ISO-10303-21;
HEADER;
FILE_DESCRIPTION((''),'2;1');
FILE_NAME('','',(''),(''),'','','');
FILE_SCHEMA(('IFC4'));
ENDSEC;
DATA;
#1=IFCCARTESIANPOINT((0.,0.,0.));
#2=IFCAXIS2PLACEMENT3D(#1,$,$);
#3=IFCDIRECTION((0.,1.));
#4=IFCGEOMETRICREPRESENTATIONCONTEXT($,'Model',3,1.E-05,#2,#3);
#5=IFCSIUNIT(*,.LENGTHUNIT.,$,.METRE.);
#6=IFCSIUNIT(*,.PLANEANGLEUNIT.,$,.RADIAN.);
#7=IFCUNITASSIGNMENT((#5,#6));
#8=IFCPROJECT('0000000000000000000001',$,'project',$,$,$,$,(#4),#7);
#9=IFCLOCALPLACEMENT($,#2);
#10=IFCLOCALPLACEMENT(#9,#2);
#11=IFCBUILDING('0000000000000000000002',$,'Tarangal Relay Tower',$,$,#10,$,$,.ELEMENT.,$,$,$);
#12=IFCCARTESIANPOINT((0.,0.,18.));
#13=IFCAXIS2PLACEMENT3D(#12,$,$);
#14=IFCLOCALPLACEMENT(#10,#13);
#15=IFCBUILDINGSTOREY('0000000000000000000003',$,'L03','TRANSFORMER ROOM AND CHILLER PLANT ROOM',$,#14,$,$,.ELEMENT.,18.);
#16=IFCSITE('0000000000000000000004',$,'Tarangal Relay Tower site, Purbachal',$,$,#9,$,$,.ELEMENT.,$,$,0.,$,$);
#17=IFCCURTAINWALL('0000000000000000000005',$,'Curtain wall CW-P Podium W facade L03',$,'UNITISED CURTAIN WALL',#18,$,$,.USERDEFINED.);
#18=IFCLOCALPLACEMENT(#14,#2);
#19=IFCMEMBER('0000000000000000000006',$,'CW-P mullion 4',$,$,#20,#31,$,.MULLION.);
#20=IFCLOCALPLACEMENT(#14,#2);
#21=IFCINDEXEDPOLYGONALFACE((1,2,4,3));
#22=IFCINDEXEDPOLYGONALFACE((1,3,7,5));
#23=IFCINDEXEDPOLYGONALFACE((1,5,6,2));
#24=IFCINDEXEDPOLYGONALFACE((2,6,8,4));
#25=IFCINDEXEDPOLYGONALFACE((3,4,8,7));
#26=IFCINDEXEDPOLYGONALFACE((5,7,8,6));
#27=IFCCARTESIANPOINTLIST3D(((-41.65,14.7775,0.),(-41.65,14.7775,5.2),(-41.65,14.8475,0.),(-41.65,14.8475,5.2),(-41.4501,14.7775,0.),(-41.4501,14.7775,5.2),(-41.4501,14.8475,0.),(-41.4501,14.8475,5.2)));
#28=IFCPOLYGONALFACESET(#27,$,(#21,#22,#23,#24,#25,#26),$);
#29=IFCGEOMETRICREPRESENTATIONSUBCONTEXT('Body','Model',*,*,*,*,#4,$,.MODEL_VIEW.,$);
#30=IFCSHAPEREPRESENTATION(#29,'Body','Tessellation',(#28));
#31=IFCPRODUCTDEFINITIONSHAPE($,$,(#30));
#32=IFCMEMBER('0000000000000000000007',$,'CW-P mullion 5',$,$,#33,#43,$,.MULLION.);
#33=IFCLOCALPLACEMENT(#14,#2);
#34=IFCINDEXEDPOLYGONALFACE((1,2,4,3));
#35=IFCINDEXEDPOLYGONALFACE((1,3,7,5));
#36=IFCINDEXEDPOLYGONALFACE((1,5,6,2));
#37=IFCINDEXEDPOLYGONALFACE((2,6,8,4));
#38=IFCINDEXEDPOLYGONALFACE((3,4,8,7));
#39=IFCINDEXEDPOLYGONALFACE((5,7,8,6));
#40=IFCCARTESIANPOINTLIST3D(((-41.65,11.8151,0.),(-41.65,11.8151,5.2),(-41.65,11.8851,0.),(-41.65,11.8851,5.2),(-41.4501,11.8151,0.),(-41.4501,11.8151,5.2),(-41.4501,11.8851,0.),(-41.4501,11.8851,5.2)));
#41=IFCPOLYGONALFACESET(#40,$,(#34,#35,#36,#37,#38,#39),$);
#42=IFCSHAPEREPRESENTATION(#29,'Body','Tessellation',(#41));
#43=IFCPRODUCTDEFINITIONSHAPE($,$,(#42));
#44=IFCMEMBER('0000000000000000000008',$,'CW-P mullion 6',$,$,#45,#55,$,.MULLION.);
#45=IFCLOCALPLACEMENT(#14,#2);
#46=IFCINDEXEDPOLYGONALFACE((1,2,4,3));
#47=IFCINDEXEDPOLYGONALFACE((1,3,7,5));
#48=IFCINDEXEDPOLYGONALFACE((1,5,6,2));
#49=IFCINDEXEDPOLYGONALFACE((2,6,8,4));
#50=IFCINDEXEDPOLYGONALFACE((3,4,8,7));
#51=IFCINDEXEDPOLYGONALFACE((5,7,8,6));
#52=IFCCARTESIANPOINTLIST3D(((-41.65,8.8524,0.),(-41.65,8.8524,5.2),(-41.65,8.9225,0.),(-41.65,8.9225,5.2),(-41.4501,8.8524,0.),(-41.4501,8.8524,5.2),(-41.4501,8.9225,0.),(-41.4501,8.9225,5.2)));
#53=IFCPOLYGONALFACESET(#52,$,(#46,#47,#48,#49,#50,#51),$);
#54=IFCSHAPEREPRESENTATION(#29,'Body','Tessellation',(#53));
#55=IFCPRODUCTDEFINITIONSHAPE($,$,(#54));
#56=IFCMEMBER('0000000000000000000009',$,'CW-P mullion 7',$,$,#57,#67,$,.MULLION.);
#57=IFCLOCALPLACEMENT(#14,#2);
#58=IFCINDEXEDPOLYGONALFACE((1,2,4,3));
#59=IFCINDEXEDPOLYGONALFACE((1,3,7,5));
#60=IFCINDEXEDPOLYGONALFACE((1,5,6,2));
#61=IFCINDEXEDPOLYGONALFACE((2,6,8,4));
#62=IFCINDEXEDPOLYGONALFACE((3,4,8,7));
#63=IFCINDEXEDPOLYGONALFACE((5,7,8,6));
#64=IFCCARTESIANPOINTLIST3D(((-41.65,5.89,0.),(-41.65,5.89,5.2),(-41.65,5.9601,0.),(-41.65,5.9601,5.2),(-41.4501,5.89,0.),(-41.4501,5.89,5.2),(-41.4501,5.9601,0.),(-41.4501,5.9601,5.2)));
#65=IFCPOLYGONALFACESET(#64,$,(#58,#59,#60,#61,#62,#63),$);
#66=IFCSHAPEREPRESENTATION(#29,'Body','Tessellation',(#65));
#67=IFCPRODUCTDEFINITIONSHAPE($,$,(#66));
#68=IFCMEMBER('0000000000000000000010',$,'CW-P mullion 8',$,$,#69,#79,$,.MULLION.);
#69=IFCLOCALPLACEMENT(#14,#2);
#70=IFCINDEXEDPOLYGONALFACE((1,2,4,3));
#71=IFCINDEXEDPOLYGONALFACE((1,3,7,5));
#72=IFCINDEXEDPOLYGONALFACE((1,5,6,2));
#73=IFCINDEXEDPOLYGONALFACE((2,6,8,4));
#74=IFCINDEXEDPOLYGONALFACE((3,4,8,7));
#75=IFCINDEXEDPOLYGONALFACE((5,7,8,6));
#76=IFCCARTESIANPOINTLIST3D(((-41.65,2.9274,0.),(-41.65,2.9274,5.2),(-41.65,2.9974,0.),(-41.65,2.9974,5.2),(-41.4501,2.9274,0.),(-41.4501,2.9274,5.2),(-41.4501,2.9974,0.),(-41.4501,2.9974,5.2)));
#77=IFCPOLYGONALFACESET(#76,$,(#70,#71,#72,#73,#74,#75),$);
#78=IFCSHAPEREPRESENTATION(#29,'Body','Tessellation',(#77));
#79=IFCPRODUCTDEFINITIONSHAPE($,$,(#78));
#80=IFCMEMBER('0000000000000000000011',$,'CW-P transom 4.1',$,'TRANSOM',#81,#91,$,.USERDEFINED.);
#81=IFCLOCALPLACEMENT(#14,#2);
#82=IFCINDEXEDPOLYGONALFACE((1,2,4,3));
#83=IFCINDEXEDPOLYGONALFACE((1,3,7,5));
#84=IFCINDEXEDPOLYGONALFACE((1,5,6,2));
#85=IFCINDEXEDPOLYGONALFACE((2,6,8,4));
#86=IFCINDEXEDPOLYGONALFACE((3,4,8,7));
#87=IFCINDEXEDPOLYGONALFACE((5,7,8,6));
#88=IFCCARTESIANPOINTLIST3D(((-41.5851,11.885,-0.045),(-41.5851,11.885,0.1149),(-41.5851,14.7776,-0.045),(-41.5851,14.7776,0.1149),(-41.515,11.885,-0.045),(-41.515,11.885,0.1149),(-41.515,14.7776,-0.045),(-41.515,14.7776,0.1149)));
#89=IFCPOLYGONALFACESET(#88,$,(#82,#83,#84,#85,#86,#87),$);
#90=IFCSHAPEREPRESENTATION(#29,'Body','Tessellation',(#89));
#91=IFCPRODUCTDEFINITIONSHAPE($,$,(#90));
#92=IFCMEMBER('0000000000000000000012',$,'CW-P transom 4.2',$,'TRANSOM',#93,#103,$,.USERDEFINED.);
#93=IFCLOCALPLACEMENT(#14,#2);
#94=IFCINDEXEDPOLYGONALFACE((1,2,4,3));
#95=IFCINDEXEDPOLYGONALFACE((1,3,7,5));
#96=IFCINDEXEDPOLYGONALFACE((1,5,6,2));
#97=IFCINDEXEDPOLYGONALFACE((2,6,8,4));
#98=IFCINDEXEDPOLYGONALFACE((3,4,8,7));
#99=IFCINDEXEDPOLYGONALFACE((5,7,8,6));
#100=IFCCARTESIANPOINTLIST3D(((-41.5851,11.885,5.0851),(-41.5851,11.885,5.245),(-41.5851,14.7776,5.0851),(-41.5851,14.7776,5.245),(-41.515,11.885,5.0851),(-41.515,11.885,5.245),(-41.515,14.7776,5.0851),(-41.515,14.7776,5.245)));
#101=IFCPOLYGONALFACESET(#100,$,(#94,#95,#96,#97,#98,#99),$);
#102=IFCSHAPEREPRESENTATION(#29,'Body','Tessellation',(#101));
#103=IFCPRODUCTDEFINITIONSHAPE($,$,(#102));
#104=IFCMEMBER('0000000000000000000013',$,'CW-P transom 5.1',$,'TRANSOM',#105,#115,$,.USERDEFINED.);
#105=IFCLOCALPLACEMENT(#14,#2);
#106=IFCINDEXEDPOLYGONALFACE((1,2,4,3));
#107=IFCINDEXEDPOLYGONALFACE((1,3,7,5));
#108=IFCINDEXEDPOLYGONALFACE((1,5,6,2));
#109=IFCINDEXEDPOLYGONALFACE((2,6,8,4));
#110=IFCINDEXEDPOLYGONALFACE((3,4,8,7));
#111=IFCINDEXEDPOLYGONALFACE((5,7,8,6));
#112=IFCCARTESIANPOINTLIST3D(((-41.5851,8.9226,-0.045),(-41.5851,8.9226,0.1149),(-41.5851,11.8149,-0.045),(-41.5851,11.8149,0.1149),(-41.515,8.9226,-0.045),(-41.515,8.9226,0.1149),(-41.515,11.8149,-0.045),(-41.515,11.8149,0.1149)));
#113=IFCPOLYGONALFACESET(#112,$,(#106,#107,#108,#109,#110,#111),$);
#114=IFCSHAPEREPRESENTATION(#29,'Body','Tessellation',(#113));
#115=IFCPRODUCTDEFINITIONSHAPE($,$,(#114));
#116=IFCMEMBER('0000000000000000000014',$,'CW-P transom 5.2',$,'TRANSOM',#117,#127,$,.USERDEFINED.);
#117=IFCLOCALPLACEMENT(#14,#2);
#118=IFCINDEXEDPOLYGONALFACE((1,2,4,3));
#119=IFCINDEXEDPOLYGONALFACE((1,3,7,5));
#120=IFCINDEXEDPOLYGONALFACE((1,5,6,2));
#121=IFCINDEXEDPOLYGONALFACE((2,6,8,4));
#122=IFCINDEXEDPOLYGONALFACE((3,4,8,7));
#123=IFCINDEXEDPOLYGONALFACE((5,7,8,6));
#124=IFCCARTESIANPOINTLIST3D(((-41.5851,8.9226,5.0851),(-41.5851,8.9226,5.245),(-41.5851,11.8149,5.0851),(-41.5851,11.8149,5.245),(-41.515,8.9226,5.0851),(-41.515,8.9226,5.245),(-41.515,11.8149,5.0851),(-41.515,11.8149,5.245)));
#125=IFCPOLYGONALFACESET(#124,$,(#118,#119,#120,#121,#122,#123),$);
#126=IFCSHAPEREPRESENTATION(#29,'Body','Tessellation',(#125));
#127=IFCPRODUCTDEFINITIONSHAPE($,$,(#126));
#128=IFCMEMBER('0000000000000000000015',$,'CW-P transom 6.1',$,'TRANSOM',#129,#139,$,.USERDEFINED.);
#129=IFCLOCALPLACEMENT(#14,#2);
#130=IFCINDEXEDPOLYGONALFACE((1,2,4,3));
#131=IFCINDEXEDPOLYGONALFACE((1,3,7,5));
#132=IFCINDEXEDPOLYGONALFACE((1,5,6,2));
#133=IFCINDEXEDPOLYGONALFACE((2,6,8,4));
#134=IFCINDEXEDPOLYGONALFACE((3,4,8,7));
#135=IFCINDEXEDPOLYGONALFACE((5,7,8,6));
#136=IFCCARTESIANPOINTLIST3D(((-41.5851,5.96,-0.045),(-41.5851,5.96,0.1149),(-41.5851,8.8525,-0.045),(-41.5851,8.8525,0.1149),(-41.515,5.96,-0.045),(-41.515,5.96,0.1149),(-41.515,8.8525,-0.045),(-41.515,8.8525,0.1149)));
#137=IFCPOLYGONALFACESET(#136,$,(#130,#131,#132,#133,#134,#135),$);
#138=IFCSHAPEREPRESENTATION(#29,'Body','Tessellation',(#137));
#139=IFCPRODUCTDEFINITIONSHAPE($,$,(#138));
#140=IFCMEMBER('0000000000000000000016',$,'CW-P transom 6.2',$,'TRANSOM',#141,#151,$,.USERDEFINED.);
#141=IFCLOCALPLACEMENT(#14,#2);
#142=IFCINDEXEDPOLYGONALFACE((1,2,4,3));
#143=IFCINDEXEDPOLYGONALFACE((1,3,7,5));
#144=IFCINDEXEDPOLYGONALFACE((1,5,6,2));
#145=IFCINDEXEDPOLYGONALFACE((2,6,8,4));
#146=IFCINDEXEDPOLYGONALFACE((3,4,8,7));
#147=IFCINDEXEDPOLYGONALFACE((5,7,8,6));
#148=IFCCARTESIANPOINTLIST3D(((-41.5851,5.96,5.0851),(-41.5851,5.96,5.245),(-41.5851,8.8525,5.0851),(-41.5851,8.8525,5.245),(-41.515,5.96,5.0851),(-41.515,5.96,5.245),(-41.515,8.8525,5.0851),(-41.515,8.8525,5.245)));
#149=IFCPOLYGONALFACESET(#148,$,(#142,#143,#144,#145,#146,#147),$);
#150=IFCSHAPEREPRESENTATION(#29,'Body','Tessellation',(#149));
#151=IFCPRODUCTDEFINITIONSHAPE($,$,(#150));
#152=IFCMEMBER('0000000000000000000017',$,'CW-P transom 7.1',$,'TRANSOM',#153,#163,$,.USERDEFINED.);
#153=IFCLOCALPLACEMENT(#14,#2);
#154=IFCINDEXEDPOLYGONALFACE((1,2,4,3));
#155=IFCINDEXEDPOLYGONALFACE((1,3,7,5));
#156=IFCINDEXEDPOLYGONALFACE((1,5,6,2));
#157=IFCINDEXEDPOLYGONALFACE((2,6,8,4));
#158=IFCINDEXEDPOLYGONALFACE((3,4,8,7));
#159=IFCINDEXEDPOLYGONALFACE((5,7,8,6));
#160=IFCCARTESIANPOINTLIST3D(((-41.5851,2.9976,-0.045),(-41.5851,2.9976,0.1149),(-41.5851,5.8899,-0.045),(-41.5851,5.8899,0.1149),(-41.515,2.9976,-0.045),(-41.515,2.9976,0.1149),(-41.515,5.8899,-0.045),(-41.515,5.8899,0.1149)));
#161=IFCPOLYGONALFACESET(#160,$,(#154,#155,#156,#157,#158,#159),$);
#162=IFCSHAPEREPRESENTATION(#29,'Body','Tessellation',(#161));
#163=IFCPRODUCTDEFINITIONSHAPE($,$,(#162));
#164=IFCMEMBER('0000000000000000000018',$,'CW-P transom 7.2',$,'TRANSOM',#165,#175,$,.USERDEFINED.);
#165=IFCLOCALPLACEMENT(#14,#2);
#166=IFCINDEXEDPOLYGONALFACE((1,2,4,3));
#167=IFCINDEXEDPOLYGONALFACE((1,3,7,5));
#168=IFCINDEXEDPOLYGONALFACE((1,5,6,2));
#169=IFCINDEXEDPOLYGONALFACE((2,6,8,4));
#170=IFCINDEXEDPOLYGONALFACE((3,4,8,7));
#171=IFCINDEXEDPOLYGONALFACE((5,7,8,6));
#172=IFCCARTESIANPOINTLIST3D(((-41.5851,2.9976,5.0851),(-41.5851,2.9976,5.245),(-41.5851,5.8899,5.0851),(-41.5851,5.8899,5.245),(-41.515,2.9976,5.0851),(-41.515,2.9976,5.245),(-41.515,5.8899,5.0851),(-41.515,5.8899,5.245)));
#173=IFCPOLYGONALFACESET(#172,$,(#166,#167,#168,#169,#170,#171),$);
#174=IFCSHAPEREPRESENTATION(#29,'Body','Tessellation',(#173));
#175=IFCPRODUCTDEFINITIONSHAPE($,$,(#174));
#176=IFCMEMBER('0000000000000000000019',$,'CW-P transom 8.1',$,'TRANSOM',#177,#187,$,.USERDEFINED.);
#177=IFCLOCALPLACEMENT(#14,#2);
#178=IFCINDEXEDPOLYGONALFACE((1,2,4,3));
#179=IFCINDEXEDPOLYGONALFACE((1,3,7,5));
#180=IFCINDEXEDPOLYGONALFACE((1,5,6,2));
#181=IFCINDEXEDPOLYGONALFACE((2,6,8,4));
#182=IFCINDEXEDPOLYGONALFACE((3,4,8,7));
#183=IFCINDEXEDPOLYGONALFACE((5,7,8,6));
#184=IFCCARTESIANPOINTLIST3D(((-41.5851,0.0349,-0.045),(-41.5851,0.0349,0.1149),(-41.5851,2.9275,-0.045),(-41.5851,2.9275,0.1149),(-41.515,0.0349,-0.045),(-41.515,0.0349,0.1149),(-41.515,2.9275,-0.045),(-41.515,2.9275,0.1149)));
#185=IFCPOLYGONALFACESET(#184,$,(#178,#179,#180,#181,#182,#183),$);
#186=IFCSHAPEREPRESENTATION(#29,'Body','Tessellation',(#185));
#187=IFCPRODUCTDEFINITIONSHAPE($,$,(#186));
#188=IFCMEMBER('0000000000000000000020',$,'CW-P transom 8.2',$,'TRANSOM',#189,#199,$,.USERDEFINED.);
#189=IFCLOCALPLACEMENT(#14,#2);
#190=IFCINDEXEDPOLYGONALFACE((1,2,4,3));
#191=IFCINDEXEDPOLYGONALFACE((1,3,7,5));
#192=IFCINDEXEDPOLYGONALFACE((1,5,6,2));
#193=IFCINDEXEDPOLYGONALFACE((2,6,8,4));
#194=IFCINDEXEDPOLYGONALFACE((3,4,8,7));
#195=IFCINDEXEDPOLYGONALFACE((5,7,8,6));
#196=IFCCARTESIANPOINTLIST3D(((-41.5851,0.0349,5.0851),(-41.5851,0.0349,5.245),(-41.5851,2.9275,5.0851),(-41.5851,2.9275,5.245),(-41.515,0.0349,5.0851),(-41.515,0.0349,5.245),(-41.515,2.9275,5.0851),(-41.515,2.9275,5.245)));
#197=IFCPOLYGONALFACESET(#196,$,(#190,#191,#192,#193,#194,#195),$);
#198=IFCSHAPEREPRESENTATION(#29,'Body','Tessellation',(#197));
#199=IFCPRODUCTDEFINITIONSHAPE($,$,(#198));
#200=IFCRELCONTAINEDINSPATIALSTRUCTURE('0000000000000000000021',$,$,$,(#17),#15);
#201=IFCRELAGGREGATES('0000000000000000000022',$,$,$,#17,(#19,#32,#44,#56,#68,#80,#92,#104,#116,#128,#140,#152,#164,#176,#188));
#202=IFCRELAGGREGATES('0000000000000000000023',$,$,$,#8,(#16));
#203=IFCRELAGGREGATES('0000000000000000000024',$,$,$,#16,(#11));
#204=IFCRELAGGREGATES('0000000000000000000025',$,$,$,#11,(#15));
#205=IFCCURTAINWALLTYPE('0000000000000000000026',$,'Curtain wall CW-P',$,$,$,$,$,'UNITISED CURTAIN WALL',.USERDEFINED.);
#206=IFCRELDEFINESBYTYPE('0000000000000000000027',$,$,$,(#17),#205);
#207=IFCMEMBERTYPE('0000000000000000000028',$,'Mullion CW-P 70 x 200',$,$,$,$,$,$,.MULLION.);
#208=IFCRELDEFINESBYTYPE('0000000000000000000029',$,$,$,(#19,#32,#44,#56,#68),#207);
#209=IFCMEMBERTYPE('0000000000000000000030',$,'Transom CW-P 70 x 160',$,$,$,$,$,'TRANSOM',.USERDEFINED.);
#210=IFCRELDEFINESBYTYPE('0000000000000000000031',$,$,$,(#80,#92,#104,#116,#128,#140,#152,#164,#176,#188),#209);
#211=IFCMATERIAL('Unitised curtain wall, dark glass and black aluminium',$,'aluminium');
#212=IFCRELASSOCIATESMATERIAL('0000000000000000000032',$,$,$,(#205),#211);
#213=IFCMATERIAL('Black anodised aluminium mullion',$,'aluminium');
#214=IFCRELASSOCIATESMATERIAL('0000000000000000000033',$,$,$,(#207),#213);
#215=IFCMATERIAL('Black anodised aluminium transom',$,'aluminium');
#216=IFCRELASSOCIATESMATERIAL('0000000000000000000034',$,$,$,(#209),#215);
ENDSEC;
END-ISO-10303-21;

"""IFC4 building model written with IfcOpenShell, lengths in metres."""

from ifc_helpers import new_model, si_unit, direction, frame, origin, origin_2d, place, context, subcontext, project, spatial, rectangle, extrude, material, material_profile, profile_set, type_object, element, aggregate, save


model = new_model("IFC4")

# Units and contexts
model_context = context("Model", 3, precision=1e-05, world=origin(), true_north=direction((0.0, 1.0)))
body_context = subcontext(model_context, "Body", "Model", "MODEL_VIEW")
ifc_project = project(units=[si_unit("LENGTHUNIT", "METRE"), si_unit("PLANEANGLEUNIT", "RADIAN")], contexts=[model_context])

# Site, building, storey
site_placement = place(None, origin())
site = spatial("IfcSite", under=ifc_project, at=site_placement, Name="Tarangal Relay Tower site, Purbachal", CompositionType="ELEMENT", RefElevation=0.0)
building_placement = place(site_placement, origin())
building = spatial("IfcBuilding", under=site, at=building_placement, Name="Tarangal Relay Tower", CompositionType="ELEMENT")
storey_placement = place(building_placement, frame((0.0, 0.0, 18.0)))
storey = spatial("IfcBuildingStorey", under=building, at=storey_placement, Name="L03", Description="TRANSFORMER ROOM AND CHILLER PLANT ROOM", CompositionType="ELEMENT", Elevation=18.0)

# Curtain wall, members
ifc_material_1 = material(Name="Unitised curtain wall, dark glass and black aluminium", Category="aluminium")
curtain_wall_type = type_object("IfcCurtainWallType", Name="Curtain wall CW-P", ElementType="UNITISED CURTAIN WALL", PredefinedType="USERDEFINED", material=ifc_material_1)
curtain_wall_placement = place(storey_placement, origin())
curtain_wall = element("IfcCurtainWall", 1, at=curtain_wall_placement, inside=storey, type_object=curtain_wall_type, Name="Curtain wall CW-P Podium W facade L03", ObjectType="UNITISED CURTAIN WALL", PredefinedType="USERDEFINED")
ifc_material_2 = material(Name="Black anodised aluminium mullion", Category="aluminium")
ifc_material_profile_1 = material_profile(ifc_material_2, rectangle(XDim=0.2, YDim=0.0701, at=origin_2d()), Name="CW-PM 70X200")
ifc_profile_set_1 = profile_set([ifc_material_profile_1], Name="Black anodised aluminium mullion")
member_type_1 = type_object("IfcMemberType", Name="Mullion CW-P 70 x 200", PredefinedType="MULLION", material=ifc_profile_set_1)
member_1_placement = place(storey_placement, frame((-41.55, 14.8125, 0.0), z_axis=(0.0, 0.0, 1.0), x_axis=(1.0, 0.0, 0.0)))
member_1 = element("IfcMember", 2, at=member_1_placement, type_object=member_type_1, Name="CW-P mullion 4", PredefinedType="MULLION", context=body_context, shape_type="SweptSolid", body=[
    extrude(rectangle(XDim=0.2, YDim=0.0701, at=origin_2d()), origin(), (0.0, 0.0, 1.0), 5.2),
])
member_2_placement = place(storey_placement, frame((-41.55, 11.8501, 0.0), z_axis=(0.0, 0.0, 1.0), x_axis=(1.0, 0.0, 0.0)))
member_2 = element("IfcMember", 3, at=member_2_placement, type_object=member_type_1, Name="CW-P mullion 5", PredefinedType="MULLION", context=body_context, shape_type="SweptSolid", body=[
    extrude(rectangle(XDim=0.2, YDim=0.0701, at=origin_2d()), origin(), (0.0, 0.0, 1.0), 5.2),
])
member_3_placement = place(storey_placement, frame((-41.55, 8.8875, 0.0), z_axis=(0.0, 0.0, 1.0), x_axis=(1.0, 0.0, 0.0)))
member_3 = element("IfcMember", 4, at=member_3_placement, type_object=member_type_1, Name="CW-P mullion 6", PredefinedType="MULLION", context=body_context, shape_type="SweptSolid", body=[
    extrude(rectangle(XDim=0.2, YDim=0.0701, at=origin_2d()), origin(), (0.0, 0.0, 1.0), 5.2),
])
member_4_placement = place(storey_placement, frame((-41.55, 5.925, 0.0), z_axis=(0.0, 0.0, 1.0), x_axis=(1.0, 0.0, 0.0)))
member_4 = element("IfcMember", 5, at=member_4_placement, type_object=member_type_1, Name="CW-P mullion 7", PredefinedType="MULLION", context=body_context, shape_type="SweptSolid", body=[
    extrude(rectangle(XDim=0.2, YDim=0.0701, at=origin_2d()), origin(), (0.0, 0.0, 1.0), 5.2),
])
member_5_placement = place(storey_placement, frame((-41.55, 2.9624, 0.0), z_axis=(0.0, 0.0, 1.0), x_axis=(1.0, 0.0, 0.0)))
member_5 = element("IfcMember", 6, at=member_5_placement, type_object=member_type_1, Name="CW-P mullion 8", PredefinedType="MULLION", context=body_context, shape_type="SweptSolid", body=[
    extrude(rectangle(XDim=0.2, YDim=0.0701, at=origin_2d()), origin(), (0.0, 0.0, 1.0), 5.2),
])
ifc_material_3 = material(Name="Black anodised aluminium transom", Category="aluminium")
ifc_material_profile_2 = material_profile(ifc_material_3, rectangle(XDim=0.0701, YDim=0.1599, at=origin_2d()), Name="CW-PT 70X160")
ifc_profile_set_2 = profile_set([ifc_material_profile_2], Name="Black anodised aluminium transom")
member_type_2 = type_object("IfcMemberType", Name="Transom CW-P 70 x 160", ElementType="TRANSOM", PredefinedType="USERDEFINED", material=ifc_profile_set_2)
member_6_placement = place(storey_placement, frame((-41.55, 14.7776, 0.0349), z_axis=(0.0, -1.0, 0.0), x_axis=(1.0, 0.0, 0.0)))
member_6 = element("IfcMember", 7, at=member_6_placement, type_object=member_type_2, Name="CW-P transom 4.1", ObjectType="TRANSOM", PredefinedType="USERDEFINED", context=body_context, shape_type="SweptSolid", body=[
    extrude(rectangle(XDim=0.0701, YDim=0.1599, at=origin_2d()), origin(), (0.0, 0.0, 1.0), 2.8926),
])
member_7_placement = place(storey_placement, frame((-41.55, 14.7776, 5.165), z_axis=(0.0, -1.0, 0.0), x_axis=(1.0, 0.0, 0.0)))
member_7 = element("IfcMember", 8, at=member_7_placement, type_object=member_type_2, Name="CW-P transom 4.2", ObjectType="TRANSOM", PredefinedType="USERDEFINED", context=body_context, shape_type="SweptSolid", body=[
    extrude(rectangle(XDim=0.0701, YDim=0.1599, at=origin_2d()), origin(), (0.0, 0.0, 1.0), 2.8926),
])
member_8_placement = place(storey_placement, frame((-41.55, 11.8149, 0.0349), z_axis=(0.0, -1.0, 0.0), x_axis=(1.0, 0.0, 0.0)))
member_8 = element("IfcMember", 9, at=member_8_placement, type_object=member_type_2, Name="CW-P transom 5.1", ObjectType="TRANSOM", PredefinedType="USERDEFINED", context=body_context, shape_type="SweptSolid", body=[
    extrude(rectangle(XDim=0.0701, YDim=0.1599, at=origin_2d()), origin(), (0.0, 0.0, 1.0), 2.8923),
])
member_9_placement = place(storey_placement, frame((-41.55, 11.8149, 5.165), z_axis=(0.0, -1.0, 0.0), x_axis=(1.0, 0.0, 0.0)))
member_9 = element("IfcMember", 10, at=member_9_placement, type_object=member_type_2, Name="CW-P transom 5.2", ObjectType="TRANSOM", PredefinedType="USERDEFINED", context=body_context, shape_type="SweptSolid", body=[
    extrude(rectangle(XDim=0.0701, YDim=0.1599, at=origin_2d()), origin(), (0.0, 0.0, 1.0), 2.8923),
])
member_10_placement = place(storey_placement, frame((-41.55, 8.8525, 0.0349), z_axis=(0.0, -1.0, 0.0), x_axis=(1.0, 0.0, 0.0)))
member_10 = element("IfcMember", 11, at=member_10_placement, type_object=member_type_2, Name="CW-P transom 6.1", ObjectType="TRANSOM", PredefinedType="USERDEFINED", context=body_context, shape_type="SweptSolid", body=[
    extrude(rectangle(XDim=0.0701, YDim=0.1599, at=origin_2d()), origin(), (0.0, 0.0, 1.0), 2.8926),
])
member_11_placement = place(storey_placement, frame((-41.55, 8.8525, 5.165), z_axis=(0.0, -1.0, 0.0), x_axis=(1.0, 0.0, 0.0)))
member_11 = element("IfcMember", 12, at=member_11_placement, type_object=member_type_2, Name="CW-P transom 6.2", ObjectType="TRANSOM", PredefinedType="USERDEFINED", context=body_context, shape_type="SweptSolid", body=[
    extrude(rectangle(XDim=0.0701, YDim=0.1599, at=origin_2d()), origin(), (0.0, 0.0, 1.0), 2.8926),
])
member_12_placement = place(storey_placement, frame((-41.55, 5.8899, 0.0349), z_axis=(0.0, -1.0, 0.0), x_axis=(1.0, 0.0, 0.0)))
member_12 = element("IfcMember", 13, at=member_12_placement, type_object=member_type_2, Name="CW-P transom 7.1", ObjectType="TRANSOM", PredefinedType="USERDEFINED", context=body_context, shape_type="SweptSolid", body=[
    extrude(rectangle(XDim=0.0701, YDim=0.1599, at=origin_2d()), origin(), (0.0, 0.0, 1.0), 2.8923),
])
member_13_placement = place(storey_placement, frame((-41.55, 5.8899, 5.165), z_axis=(0.0, -1.0, 0.0), x_axis=(1.0, 0.0, 0.0)))
member_13 = element("IfcMember", 14, at=member_13_placement, type_object=member_type_2, Name="CW-P transom 7.2", ObjectType="TRANSOM", PredefinedType="USERDEFINED", context=body_context, shape_type="SweptSolid", body=[
    extrude(rectangle(XDim=0.0701, YDim=0.1599, at=origin_2d()), origin(), (0.0, 0.0, 1.0), 2.8923),
])
member_14_placement = place(storey_placement, frame((-41.55, 2.9275, 0.0349), z_axis=(0.0, -1.0, 0.0), x_axis=(1.0, 0.0, 0.0)))
member_14 = element("IfcMember", 15, at=member_14_placement, type_object=member_type_2, Name="CW-P transom 8.1", ObjectType="TRANSOM", PredefinedType="USERDEFINED", context=body_context, shape_type="SweptSolid", body=[
    extrude(rectangle(XDim=0.0701, YDim=0.1599, at=origin_2d()), origin(), (0.0, 0.0, 1.0), 2.8926),
])
member_15_placement = place(storey_placement, frame((-41.55, 2.9275, 5.165), z_axis=(0.0, -1.0, 0.0), x_axis=(1.0, 0.0, 0.0)))
member_15 = element("IfcMember", 16, at=member_15_placement, type_object=member_type_2, Name="CW-P transom 8.2", ObjectType="TRANSOM", PredefinedType="USERDEFINED", context=body_context, shape_type="SweptSolid", body=[
    extrude(rectangle(XDim=0.0701, YDim=0.1599, at=origin_2d()), origin(), (0.0, 0.0, 1.0), 2.8926),
])
aggregate(curtain_wall, [member_1, member_2, member_3, member_4, member_5, member_6, member_7, member_8, member_9, member_10, member_11, member_12, member_13, member_14, member_15])

save(model, "model.ifc")
